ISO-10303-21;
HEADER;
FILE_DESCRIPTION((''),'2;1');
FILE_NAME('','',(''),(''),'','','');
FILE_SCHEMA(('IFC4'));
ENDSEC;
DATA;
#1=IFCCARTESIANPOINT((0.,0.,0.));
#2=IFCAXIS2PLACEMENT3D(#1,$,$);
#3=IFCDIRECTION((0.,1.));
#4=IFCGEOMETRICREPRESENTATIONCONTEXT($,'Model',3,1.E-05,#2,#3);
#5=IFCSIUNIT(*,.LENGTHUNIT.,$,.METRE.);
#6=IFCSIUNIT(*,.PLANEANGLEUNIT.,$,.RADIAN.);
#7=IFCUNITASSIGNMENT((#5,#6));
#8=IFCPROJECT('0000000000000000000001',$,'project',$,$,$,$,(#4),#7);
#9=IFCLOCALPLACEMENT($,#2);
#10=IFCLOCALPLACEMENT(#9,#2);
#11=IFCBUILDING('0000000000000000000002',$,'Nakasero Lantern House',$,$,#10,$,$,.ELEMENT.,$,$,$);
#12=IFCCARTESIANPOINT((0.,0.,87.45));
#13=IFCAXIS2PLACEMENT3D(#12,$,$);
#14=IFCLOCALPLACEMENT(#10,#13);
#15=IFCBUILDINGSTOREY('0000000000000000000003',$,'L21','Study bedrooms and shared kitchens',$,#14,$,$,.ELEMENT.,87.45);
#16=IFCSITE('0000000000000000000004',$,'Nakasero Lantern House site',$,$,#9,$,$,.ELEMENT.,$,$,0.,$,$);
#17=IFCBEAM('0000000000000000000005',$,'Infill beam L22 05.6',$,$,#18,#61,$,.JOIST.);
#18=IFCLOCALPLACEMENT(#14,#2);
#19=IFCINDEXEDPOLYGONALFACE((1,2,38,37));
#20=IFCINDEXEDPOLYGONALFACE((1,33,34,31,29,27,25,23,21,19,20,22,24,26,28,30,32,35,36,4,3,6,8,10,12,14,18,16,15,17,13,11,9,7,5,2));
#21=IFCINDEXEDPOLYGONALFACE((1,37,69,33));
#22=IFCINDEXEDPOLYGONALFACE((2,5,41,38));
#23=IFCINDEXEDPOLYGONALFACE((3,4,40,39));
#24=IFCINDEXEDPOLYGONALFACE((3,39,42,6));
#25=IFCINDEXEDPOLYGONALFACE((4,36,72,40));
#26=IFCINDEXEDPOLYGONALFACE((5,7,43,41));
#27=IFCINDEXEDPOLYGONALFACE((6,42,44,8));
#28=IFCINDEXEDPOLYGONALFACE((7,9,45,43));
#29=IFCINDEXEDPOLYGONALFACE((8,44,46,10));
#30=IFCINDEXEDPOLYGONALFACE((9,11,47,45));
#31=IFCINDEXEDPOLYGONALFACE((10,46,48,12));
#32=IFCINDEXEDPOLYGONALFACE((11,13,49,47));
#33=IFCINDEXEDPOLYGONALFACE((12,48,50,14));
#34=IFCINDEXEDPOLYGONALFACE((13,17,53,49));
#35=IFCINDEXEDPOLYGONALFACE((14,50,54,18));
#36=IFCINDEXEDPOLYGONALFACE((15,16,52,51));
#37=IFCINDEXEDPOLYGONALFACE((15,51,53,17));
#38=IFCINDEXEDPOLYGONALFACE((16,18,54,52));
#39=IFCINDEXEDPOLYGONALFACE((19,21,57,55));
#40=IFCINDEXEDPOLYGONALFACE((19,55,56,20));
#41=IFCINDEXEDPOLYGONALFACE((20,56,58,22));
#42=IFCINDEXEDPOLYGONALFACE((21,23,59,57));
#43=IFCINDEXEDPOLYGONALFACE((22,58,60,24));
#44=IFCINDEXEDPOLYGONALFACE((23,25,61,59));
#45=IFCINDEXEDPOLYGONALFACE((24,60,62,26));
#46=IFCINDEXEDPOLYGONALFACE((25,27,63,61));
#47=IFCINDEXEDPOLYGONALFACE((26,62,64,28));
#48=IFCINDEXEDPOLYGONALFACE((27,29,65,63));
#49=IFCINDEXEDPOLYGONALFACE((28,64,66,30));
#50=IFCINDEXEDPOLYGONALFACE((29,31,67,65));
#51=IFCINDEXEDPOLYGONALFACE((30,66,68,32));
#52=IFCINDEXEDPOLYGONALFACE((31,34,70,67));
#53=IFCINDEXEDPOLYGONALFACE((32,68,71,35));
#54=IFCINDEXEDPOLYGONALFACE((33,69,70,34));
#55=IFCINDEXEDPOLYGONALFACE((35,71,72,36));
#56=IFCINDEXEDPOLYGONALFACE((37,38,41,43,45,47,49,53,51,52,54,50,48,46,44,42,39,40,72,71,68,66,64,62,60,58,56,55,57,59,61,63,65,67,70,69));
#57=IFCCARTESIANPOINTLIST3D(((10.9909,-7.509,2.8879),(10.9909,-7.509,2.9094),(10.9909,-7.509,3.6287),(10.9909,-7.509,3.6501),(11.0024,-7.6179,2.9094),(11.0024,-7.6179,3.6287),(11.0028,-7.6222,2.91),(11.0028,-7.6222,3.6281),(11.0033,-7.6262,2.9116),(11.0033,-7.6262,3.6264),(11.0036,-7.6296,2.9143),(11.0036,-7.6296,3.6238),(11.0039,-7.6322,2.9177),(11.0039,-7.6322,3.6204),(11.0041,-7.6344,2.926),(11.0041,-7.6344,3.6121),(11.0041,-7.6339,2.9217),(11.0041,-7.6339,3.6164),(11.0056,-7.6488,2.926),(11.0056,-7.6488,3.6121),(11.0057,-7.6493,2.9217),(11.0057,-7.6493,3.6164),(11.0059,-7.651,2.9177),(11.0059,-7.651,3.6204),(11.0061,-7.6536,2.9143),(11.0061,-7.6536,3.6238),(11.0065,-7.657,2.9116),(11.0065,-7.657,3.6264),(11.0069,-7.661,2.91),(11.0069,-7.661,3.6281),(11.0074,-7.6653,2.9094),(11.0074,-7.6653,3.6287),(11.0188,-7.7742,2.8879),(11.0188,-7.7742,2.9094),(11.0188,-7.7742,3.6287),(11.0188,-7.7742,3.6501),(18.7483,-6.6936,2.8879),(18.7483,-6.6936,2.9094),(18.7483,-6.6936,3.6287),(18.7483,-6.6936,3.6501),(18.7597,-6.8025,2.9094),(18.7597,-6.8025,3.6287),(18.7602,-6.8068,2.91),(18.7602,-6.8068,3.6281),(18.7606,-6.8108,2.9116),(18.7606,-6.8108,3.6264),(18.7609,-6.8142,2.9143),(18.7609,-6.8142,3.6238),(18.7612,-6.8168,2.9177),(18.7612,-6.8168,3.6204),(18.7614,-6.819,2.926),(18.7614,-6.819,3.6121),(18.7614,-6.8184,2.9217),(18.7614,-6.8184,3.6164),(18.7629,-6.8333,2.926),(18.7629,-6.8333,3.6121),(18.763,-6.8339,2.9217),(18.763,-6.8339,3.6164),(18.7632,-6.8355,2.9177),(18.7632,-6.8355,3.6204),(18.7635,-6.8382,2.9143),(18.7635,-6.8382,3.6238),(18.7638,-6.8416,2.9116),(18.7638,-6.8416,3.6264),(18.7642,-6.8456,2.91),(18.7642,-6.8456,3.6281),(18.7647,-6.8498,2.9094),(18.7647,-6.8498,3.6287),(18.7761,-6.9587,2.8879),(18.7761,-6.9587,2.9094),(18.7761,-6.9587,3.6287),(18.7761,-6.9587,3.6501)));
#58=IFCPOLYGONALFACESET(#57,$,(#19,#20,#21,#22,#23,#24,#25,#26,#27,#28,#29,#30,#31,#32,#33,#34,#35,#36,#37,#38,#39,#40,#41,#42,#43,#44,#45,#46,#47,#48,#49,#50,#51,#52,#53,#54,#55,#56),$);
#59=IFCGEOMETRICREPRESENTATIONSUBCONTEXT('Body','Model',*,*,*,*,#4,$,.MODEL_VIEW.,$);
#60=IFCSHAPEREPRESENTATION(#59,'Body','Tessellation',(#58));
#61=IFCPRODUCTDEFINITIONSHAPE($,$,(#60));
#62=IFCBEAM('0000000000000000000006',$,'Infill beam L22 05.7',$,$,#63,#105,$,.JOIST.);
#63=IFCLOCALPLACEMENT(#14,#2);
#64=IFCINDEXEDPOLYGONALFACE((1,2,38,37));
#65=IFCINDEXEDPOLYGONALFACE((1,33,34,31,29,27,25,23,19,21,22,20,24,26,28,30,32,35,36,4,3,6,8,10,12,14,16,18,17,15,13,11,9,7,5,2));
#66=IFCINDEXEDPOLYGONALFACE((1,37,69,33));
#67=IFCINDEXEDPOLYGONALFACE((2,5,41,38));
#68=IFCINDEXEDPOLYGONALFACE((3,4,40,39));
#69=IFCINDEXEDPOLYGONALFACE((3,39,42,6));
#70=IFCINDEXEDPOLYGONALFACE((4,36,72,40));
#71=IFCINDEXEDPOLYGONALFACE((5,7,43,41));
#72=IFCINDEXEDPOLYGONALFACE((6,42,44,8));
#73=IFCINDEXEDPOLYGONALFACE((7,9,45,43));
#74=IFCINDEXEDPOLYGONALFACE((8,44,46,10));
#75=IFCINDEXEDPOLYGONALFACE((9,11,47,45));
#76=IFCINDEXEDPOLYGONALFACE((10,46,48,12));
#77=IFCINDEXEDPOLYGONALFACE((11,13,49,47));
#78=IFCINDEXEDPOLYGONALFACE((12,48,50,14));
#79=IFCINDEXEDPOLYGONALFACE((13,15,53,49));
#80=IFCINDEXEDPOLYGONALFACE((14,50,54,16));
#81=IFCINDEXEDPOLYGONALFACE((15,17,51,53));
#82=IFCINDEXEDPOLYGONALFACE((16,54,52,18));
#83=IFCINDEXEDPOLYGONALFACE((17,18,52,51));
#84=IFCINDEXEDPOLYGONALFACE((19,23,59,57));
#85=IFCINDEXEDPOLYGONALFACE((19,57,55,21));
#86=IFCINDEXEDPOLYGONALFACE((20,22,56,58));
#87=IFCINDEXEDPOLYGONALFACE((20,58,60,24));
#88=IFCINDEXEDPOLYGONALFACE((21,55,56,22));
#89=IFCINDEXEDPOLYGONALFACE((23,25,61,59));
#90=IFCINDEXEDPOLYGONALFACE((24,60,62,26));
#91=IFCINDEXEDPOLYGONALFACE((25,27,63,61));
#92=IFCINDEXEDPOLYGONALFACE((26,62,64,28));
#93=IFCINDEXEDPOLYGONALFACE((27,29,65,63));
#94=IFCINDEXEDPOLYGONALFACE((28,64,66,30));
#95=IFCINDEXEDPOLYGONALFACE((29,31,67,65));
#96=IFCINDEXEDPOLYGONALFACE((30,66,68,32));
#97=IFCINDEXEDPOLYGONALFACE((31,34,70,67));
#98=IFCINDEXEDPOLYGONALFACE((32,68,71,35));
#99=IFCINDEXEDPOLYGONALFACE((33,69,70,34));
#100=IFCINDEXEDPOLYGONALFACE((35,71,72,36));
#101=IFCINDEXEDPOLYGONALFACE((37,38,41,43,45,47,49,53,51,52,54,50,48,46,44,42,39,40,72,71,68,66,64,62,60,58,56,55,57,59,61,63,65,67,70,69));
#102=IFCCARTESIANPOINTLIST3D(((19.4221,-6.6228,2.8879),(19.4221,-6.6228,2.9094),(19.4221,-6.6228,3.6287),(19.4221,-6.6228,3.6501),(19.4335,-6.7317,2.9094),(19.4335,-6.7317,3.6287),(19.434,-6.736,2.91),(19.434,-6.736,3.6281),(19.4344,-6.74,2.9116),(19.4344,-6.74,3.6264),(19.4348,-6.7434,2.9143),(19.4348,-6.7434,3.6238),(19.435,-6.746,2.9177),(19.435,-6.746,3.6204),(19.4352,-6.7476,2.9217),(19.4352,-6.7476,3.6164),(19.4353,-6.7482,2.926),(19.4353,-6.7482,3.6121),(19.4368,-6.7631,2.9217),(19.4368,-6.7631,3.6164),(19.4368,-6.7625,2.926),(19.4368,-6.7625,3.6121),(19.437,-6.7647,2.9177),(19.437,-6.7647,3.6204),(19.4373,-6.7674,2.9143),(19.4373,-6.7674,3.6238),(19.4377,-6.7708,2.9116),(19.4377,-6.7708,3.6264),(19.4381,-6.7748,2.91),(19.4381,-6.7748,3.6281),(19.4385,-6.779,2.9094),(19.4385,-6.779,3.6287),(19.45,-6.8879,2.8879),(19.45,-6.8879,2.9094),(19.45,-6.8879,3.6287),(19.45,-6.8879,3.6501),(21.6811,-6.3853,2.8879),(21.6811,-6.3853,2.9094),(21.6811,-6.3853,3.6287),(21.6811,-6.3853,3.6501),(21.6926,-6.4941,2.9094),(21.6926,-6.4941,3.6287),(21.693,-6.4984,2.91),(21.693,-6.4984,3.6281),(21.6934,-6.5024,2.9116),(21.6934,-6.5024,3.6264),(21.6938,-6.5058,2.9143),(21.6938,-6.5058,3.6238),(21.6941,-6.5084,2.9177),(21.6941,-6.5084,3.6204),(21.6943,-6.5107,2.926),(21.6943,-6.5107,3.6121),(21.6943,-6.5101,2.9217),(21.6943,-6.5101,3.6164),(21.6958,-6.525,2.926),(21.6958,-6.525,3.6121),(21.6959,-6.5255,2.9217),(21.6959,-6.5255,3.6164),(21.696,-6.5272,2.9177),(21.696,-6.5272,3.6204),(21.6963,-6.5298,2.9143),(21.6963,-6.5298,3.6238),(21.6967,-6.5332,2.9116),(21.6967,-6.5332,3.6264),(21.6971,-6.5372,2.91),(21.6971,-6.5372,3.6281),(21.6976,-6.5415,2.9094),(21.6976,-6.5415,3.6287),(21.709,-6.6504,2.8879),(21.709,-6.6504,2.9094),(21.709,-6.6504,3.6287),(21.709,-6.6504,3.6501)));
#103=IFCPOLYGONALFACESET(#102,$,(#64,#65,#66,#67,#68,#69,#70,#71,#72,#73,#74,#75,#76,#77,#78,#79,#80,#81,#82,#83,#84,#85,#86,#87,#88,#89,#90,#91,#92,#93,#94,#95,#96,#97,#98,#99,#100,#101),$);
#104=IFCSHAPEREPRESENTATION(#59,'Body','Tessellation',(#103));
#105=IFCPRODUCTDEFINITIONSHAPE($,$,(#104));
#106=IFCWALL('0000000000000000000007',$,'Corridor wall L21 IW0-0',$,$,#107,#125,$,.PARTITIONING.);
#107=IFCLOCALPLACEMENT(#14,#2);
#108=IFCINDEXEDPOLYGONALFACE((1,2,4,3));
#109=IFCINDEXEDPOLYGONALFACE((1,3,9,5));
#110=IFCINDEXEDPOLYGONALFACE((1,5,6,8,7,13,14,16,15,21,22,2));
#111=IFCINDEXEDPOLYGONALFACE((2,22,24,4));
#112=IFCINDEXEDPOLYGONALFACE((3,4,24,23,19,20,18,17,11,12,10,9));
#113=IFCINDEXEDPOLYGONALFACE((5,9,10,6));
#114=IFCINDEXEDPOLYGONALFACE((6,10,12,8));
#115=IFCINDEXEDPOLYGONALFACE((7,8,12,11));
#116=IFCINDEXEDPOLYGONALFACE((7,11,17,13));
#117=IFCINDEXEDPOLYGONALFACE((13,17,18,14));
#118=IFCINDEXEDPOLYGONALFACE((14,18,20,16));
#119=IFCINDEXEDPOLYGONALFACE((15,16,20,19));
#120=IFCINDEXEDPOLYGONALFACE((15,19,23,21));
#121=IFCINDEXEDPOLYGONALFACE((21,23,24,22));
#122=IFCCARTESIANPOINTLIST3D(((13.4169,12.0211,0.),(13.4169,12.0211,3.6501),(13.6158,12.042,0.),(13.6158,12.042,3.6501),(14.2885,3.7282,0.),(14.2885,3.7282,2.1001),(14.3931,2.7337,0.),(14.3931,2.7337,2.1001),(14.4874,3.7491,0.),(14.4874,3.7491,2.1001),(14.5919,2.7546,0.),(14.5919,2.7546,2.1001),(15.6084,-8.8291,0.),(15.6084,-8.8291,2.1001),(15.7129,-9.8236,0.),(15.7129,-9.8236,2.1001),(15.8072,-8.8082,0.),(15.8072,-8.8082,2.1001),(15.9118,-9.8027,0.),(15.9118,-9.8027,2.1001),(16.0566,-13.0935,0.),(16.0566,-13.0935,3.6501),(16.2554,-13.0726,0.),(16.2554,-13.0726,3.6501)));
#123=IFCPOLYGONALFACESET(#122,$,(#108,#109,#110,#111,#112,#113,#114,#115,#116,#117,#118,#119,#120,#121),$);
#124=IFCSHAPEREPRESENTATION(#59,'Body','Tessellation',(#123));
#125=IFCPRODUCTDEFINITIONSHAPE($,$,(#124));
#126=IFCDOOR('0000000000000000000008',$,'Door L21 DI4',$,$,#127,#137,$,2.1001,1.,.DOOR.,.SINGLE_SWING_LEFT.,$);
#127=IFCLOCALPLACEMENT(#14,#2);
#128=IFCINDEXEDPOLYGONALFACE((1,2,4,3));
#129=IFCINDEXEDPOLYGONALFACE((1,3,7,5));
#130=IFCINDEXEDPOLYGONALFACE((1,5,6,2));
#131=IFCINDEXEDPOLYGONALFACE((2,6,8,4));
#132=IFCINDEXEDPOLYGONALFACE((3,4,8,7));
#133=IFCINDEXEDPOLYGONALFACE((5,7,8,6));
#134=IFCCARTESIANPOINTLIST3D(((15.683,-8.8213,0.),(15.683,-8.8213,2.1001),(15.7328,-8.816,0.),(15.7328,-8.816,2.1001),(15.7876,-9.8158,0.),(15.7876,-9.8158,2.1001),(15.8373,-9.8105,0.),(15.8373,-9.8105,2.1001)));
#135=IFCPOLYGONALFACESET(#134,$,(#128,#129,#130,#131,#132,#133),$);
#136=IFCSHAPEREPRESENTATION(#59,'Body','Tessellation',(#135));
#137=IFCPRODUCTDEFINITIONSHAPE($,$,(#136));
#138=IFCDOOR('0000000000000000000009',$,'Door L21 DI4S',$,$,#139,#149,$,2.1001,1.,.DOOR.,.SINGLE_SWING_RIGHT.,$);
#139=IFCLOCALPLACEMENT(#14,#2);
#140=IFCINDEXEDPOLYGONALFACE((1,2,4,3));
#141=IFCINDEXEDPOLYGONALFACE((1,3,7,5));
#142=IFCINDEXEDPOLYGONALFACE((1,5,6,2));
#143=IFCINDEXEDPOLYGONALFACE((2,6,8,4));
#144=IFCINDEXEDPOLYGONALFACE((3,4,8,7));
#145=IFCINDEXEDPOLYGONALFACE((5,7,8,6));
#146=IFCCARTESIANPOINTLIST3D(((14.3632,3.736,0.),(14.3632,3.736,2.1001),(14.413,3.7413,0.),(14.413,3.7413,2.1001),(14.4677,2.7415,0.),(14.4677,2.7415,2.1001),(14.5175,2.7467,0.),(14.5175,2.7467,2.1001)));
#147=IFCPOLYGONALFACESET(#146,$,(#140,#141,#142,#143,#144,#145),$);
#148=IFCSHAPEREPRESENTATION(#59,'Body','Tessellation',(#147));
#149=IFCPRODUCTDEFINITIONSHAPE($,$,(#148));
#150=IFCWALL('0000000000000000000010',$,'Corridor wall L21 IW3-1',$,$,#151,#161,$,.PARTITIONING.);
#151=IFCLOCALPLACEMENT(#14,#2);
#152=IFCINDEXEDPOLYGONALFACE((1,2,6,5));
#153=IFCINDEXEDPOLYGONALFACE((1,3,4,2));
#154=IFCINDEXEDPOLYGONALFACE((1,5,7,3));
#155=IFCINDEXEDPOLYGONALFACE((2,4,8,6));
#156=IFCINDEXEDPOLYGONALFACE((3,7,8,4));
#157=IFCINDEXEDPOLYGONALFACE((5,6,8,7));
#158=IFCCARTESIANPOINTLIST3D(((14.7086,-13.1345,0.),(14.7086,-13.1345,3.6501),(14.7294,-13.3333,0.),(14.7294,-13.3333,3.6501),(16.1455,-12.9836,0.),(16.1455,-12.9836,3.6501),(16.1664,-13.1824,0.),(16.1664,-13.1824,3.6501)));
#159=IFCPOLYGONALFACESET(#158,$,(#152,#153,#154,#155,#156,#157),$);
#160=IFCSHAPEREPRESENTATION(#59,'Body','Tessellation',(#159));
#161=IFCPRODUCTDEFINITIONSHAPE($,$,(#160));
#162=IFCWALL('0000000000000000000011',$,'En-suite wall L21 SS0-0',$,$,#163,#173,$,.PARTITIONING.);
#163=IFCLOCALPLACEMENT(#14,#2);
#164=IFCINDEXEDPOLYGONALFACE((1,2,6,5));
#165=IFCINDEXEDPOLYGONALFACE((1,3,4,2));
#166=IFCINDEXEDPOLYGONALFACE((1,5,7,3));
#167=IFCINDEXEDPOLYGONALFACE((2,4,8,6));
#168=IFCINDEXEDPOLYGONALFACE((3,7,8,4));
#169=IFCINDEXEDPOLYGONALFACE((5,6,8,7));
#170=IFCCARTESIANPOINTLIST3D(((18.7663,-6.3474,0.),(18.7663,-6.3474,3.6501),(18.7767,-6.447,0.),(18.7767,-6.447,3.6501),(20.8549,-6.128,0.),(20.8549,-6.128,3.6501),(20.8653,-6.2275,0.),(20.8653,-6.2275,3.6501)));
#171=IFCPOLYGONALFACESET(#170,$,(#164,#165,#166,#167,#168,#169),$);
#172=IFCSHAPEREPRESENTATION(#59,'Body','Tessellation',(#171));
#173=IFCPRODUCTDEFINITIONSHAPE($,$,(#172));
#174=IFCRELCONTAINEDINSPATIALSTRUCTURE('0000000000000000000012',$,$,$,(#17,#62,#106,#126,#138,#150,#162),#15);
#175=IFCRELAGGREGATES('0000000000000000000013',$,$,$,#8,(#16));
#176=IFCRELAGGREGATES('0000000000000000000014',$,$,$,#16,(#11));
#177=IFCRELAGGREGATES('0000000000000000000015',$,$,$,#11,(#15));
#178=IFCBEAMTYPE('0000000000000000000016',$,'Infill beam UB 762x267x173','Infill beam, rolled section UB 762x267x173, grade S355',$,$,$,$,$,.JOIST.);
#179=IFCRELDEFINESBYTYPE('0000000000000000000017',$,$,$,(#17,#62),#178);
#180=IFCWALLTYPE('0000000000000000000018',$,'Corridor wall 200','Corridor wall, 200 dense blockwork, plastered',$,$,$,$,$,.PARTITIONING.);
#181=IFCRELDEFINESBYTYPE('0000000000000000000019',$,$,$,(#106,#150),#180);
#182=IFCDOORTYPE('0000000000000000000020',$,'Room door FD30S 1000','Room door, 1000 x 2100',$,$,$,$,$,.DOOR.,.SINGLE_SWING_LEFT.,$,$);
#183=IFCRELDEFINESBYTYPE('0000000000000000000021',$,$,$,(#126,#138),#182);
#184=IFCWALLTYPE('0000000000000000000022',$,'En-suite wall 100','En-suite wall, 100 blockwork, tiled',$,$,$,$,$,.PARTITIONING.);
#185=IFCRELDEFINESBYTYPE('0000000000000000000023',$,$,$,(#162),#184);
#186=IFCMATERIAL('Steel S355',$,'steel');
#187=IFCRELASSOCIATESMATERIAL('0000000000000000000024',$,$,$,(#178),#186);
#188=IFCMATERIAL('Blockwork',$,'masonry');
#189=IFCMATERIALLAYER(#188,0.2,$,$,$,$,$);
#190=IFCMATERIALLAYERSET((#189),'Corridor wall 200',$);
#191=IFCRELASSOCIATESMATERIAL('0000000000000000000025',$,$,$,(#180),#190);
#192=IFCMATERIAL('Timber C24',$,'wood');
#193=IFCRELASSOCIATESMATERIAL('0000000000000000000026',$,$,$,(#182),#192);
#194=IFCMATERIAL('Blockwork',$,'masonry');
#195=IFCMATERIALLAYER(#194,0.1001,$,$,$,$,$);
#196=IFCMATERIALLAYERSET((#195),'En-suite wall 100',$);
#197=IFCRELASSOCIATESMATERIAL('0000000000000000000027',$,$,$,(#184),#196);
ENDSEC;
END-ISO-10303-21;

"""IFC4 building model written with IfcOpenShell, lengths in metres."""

from ifc_helpers import new_model, si_unit, direction, frame, frame_2d, origin, origin_2d, place, context, subcontext, project, spatial, rectangle, i_section, extrude, material, layer, layer_set, material_profile, profile_set, type_object, element, fill, save


model = new_model("IFC4")

# Units and contexts
model_context = context("Model", 3, precision=1e-05, world=origin(), true_north=direction((0.0, 1.0)))
body_context = subcontext(model_context, "Body", "Model", "MODEL_VIEW")
ifc_project = project(units=[si_unit("LENGTHUNIT", "METRE"), si_unit("PLANEANGLEUNIT", "RADIAN")], contexts=[model_context])

# Site, building, storey
site_placement = place(None, origin())
site = spatial("IfcSite", under=ifc_project, at=site_placement, Name="Nakasero Lantern House site", CompositionType="ELEMENT", RefElevation=0.0)
building_placement = place(site_placement, origin())
building = spatial("IfcBuilding", under=site, at=building_placement, Name="Nakasero Lantern House", CompositionType="ELEMENT")
storey_placement = place(building_placement, frame((0.0, 0.0, 87.45)))
storey = spatial("IfcBuildingStorey", under=building, at=storey_placement, Name="L21", Description="Study bedrooms and shared kitchens", CompositionType="ELEMENT", Elevation=87.45)

# Beams
ifc_material_1 = material(Name="Steel S355", Category="steel")
ifc_material_profile_1 = material_profile(ifc_material_1, i_section(OverallWidth=0.2666, OverallDepth=0.7622, WebThickness=0.0144, FlangeThickness=0.0215, FilletRadius=0.0166, at=origin_2d()), Name="UB 762x267x173")
ifc_profile_set_1 = profile_set([ifc_material_profile_1], Name="Steel S355")
beam_type_1 = type_object("IfcBeamType", Name="Infill beam UB 762x267x173", Description="Infill beam, rolled section UB 762x267x173, grade S355", PredefinedType="JOIST", material=ifc_profile_set_1)
beam_1_placement = place(storey_placement, frame((11.0049, -7.6416, 3.269), z_axis=(0.994521, 0.104541, 0.0), x_axis=(-0.104541, 0.994521, 0.0)))
element("IfcBeam", 1, at=beam_1_placement, inside=storey, type_object=beam_type_1, Name="Infill beam L22 05.6", PredefinedType="JOIST", context=body_context, shape_type="SweptSolid", body=[
    extrude(i_section(OverallWidth=0.2666, OverallDepth=0.7622, WebThickness=0.0144, FlangeThickness=0.0215, FilletRadius=0.0166, at=origin_2d()), origin(), (0.0, 0.0, 1.0), 7.8),
])
beam_2_placement = place(storey_placement, frame((19.436, -6.7554, 3.269), z_axis=(0.994517, 0.104578, 0.0), x_axis=(-0.104578, 0.994517, 0.0)))
element("IfcBeam", 2, at=beam_2_placement, inside=storey, type_object=beam_type_1, Name="Infill beam L22 05.7", PredefinedType="JOIST", context=body_context, shape_type="SweptSolid", body=[
    extrude(i_section(OverallWidth=0.2666, OverallDepth=0.7622, WebThickness=0.0144, FlangeThickness=0.0215, FilletRadius=0.0166, at=origin_2d()), origin(), (0.0, 0.0, 1.0), 2.2715),
])

# Wall, openings, doors
ifc_material_2 = material(Name="Blockwork", Category="masonry")
ifc_layer_1 = layer(ifc_material_2, 0.2)
ifc_layer_set_1 = layer_set([ifc_layer_1], Name="Corridor wall 200")
wall_type_1 = type_object("IfcWallType", Name="Corridor wall 200", Description="Corridor wall, 200 dense blockwork, plastered", PredefinedType="PARTITIONING", material=ifc_layer_set_1)
wall_1_placement = place(storey_placement, frame((16.156, -13.083, 0.0), z_axis=(0.0, 0.0, 1.0), x_axis=(-0.104529, 0.994522, 0.0)))
wall_1 = element("IfcWall", 3, at=wall_1_placement, inside=storey, type_object=wall_type_1, Name="Corridor wall L21 IW0-0", PredefinedType="PARTITIONING", context=body_context, shape_type="SweptSolid", body=[
    extrude(rectangle(XDim=25.2529, YDim=0.2, at=frame_2d((12.6265, 0.0))), origin(), (0.0, 0.0, 1.0), 3.6501),
])
opening_1_placement = place(wall_1_placement, frame((3.2878, 0.0, 0.0)))
opening_1 = element("IfcOpeningElement", 4, at=opening_1_placement, cuts=wall_1, PredefinedType="OPENING", context=body_context, shape_type="SweptSolid", body=[
    extrude(rectangle(XDim=1.0, YDim=2.1001, at=frame_2d((0.5, 1.05))), frame((0.0, 0.1199, 0.0), z_axis=(0.0, -1.0, 0.0), x_axis=(1.0, 0.0, 0.0)), (0.0, 0.0, 1.0), 0.24),
])
opening_2_placement = place(wall_1_placement, frame((15.9143, 0.0, 0.0)))
opening_2 = element("IfcOpeningElement", 5, at=opening_2_placement, cuts=wall_1, PredefinedType="OPENING", context=body_context, shape_type="SweptSolid", body=[
    extrude(rectangle(XDim=1.0, YDim=2.1001, at=frame_2d((0.5, 1.05))), frame((0.0, 0.1199, 0.0), z_axis=(0.0, -1.0, 0.0), x_axis=(1.0, 0.0, 0.0)), (0.0, 0.0, 1.0), 0.24),
])
ifc_material_3 = material(Name="Timber C24", Category="wood")
door_type_1 = type_object("IfcDoorType", Name="Room door FD30S 1000", Description="Room door, 1000 x 2100", OperationType="SINGLE_SWING_LEFT", PredefinedType="DOOR", material=ifc_material_3)
door_1_placement = place(opening_1_placement, origin())
door_1 = element("IfcDoor", 6, at=door_1_placement, inside=storey, type_object=door_type_1, Name="Door L21 DI4", OperationType="SINGLE_SWING_LEFT", OverallHeight=2.1001, OverallWidth=1.0, PredefinedType="DOOR", context=body_context, shape_type="SweptSolid", body=[
    extrude(rectangle(XDim=1.0, YDim=2.1001, at=frame_2d((0.5, 1.05))), frame((0.0, 0.0249, 0.0), z_axis=(0.0, -1.0, 0.0), x_axis=(1.0, 0.0, 0.0)), (0.0, 0.0, 1.0), 0.05),
])
fill(opening_1, door_1)
door_2_placement = place(opening_2_placement, origin())
door_2 = element("IfcDoor", 7, at=door_2_placement, inside=storey, type_object=door_type_1, Name="Door L21 DI4S", OperationType="SINGLE_SWING_RIGHT", OverallHeight=2.1001, OverallWidth=1.0, PredefinedType="DOOR", context=body_context, shape_type="SweptSolid", body=[
    extrude(rectangle(XDim=1.0, YDim=2.1001, at=frame_2d((0.5, 1.05))), frame((0.0, 0.0249, 0.0), z_axis=(0.0, -1.0, 0.0), x_axis=(1.0, 0.0, 0.0)), (0.0, 0.0, 1.0), 0.05),
])
fill(opening_2, door_2)

# Walls
wall_2_placement = place(storey_placement, frame((14.719, -13.2339, 0.0), z_axis=(0.0, 0.0, 1.0), x_axis=(0.994533, 0.104421, 0.0)))
element("IfcWall", 8, at=wall_2_placement, inside=storey, type_object=wall_type_1, Name="Corridor wall L21 IW3-1", PredefinedType="PARTITIONING", context=body_context, shape_type="SweptSolid", body=[
    extrude(rectangle(XDim=1.4448, YDim=0.2, at=frame_2d((0.7224, 0.0))), origin(), (0.0, 0.0, 1.0), 3.6501),
])
ifc_material_4 = material(Name="Blockwork", Category="masonry")
ifc_layer_2 = layer(ifc_material_4, 0.1001)
ifc_layer_set_2 = layer_set([ifc_layer_2], Name="En-suite wall 100")
wall_type_2 = type_object("IfcWallType", Name="En-suite wall 100", Description="En-suite wall, 100 blockwork, tiled", PredefinedType="PARTITIONING", material=ifc_layer_set_2)
wall_3_placement = place(storey_placement, frame((18.7715, -6.3972, 0.0), z_axis=(0.0, 0.0, 1.0), x_axis=(0.994524, 0.104509, 0.0)))
element("IfcWall", 9, at=wall_3_placement, inside=storey, type_object=wall_type_2, Name="En-suite wall L21 SS0-0", PredefinedType="PARTITIONING", context=body_context, shape_type="SweptSolid", body=[
    extrude(rectangle(XDim=2.1001, YDim=0.1001, at=frame_2d((1.05, 0.0))), origin(), (0.0, 0.0, 1.0), 3.6501),
])

save(model, "model.ifc")
